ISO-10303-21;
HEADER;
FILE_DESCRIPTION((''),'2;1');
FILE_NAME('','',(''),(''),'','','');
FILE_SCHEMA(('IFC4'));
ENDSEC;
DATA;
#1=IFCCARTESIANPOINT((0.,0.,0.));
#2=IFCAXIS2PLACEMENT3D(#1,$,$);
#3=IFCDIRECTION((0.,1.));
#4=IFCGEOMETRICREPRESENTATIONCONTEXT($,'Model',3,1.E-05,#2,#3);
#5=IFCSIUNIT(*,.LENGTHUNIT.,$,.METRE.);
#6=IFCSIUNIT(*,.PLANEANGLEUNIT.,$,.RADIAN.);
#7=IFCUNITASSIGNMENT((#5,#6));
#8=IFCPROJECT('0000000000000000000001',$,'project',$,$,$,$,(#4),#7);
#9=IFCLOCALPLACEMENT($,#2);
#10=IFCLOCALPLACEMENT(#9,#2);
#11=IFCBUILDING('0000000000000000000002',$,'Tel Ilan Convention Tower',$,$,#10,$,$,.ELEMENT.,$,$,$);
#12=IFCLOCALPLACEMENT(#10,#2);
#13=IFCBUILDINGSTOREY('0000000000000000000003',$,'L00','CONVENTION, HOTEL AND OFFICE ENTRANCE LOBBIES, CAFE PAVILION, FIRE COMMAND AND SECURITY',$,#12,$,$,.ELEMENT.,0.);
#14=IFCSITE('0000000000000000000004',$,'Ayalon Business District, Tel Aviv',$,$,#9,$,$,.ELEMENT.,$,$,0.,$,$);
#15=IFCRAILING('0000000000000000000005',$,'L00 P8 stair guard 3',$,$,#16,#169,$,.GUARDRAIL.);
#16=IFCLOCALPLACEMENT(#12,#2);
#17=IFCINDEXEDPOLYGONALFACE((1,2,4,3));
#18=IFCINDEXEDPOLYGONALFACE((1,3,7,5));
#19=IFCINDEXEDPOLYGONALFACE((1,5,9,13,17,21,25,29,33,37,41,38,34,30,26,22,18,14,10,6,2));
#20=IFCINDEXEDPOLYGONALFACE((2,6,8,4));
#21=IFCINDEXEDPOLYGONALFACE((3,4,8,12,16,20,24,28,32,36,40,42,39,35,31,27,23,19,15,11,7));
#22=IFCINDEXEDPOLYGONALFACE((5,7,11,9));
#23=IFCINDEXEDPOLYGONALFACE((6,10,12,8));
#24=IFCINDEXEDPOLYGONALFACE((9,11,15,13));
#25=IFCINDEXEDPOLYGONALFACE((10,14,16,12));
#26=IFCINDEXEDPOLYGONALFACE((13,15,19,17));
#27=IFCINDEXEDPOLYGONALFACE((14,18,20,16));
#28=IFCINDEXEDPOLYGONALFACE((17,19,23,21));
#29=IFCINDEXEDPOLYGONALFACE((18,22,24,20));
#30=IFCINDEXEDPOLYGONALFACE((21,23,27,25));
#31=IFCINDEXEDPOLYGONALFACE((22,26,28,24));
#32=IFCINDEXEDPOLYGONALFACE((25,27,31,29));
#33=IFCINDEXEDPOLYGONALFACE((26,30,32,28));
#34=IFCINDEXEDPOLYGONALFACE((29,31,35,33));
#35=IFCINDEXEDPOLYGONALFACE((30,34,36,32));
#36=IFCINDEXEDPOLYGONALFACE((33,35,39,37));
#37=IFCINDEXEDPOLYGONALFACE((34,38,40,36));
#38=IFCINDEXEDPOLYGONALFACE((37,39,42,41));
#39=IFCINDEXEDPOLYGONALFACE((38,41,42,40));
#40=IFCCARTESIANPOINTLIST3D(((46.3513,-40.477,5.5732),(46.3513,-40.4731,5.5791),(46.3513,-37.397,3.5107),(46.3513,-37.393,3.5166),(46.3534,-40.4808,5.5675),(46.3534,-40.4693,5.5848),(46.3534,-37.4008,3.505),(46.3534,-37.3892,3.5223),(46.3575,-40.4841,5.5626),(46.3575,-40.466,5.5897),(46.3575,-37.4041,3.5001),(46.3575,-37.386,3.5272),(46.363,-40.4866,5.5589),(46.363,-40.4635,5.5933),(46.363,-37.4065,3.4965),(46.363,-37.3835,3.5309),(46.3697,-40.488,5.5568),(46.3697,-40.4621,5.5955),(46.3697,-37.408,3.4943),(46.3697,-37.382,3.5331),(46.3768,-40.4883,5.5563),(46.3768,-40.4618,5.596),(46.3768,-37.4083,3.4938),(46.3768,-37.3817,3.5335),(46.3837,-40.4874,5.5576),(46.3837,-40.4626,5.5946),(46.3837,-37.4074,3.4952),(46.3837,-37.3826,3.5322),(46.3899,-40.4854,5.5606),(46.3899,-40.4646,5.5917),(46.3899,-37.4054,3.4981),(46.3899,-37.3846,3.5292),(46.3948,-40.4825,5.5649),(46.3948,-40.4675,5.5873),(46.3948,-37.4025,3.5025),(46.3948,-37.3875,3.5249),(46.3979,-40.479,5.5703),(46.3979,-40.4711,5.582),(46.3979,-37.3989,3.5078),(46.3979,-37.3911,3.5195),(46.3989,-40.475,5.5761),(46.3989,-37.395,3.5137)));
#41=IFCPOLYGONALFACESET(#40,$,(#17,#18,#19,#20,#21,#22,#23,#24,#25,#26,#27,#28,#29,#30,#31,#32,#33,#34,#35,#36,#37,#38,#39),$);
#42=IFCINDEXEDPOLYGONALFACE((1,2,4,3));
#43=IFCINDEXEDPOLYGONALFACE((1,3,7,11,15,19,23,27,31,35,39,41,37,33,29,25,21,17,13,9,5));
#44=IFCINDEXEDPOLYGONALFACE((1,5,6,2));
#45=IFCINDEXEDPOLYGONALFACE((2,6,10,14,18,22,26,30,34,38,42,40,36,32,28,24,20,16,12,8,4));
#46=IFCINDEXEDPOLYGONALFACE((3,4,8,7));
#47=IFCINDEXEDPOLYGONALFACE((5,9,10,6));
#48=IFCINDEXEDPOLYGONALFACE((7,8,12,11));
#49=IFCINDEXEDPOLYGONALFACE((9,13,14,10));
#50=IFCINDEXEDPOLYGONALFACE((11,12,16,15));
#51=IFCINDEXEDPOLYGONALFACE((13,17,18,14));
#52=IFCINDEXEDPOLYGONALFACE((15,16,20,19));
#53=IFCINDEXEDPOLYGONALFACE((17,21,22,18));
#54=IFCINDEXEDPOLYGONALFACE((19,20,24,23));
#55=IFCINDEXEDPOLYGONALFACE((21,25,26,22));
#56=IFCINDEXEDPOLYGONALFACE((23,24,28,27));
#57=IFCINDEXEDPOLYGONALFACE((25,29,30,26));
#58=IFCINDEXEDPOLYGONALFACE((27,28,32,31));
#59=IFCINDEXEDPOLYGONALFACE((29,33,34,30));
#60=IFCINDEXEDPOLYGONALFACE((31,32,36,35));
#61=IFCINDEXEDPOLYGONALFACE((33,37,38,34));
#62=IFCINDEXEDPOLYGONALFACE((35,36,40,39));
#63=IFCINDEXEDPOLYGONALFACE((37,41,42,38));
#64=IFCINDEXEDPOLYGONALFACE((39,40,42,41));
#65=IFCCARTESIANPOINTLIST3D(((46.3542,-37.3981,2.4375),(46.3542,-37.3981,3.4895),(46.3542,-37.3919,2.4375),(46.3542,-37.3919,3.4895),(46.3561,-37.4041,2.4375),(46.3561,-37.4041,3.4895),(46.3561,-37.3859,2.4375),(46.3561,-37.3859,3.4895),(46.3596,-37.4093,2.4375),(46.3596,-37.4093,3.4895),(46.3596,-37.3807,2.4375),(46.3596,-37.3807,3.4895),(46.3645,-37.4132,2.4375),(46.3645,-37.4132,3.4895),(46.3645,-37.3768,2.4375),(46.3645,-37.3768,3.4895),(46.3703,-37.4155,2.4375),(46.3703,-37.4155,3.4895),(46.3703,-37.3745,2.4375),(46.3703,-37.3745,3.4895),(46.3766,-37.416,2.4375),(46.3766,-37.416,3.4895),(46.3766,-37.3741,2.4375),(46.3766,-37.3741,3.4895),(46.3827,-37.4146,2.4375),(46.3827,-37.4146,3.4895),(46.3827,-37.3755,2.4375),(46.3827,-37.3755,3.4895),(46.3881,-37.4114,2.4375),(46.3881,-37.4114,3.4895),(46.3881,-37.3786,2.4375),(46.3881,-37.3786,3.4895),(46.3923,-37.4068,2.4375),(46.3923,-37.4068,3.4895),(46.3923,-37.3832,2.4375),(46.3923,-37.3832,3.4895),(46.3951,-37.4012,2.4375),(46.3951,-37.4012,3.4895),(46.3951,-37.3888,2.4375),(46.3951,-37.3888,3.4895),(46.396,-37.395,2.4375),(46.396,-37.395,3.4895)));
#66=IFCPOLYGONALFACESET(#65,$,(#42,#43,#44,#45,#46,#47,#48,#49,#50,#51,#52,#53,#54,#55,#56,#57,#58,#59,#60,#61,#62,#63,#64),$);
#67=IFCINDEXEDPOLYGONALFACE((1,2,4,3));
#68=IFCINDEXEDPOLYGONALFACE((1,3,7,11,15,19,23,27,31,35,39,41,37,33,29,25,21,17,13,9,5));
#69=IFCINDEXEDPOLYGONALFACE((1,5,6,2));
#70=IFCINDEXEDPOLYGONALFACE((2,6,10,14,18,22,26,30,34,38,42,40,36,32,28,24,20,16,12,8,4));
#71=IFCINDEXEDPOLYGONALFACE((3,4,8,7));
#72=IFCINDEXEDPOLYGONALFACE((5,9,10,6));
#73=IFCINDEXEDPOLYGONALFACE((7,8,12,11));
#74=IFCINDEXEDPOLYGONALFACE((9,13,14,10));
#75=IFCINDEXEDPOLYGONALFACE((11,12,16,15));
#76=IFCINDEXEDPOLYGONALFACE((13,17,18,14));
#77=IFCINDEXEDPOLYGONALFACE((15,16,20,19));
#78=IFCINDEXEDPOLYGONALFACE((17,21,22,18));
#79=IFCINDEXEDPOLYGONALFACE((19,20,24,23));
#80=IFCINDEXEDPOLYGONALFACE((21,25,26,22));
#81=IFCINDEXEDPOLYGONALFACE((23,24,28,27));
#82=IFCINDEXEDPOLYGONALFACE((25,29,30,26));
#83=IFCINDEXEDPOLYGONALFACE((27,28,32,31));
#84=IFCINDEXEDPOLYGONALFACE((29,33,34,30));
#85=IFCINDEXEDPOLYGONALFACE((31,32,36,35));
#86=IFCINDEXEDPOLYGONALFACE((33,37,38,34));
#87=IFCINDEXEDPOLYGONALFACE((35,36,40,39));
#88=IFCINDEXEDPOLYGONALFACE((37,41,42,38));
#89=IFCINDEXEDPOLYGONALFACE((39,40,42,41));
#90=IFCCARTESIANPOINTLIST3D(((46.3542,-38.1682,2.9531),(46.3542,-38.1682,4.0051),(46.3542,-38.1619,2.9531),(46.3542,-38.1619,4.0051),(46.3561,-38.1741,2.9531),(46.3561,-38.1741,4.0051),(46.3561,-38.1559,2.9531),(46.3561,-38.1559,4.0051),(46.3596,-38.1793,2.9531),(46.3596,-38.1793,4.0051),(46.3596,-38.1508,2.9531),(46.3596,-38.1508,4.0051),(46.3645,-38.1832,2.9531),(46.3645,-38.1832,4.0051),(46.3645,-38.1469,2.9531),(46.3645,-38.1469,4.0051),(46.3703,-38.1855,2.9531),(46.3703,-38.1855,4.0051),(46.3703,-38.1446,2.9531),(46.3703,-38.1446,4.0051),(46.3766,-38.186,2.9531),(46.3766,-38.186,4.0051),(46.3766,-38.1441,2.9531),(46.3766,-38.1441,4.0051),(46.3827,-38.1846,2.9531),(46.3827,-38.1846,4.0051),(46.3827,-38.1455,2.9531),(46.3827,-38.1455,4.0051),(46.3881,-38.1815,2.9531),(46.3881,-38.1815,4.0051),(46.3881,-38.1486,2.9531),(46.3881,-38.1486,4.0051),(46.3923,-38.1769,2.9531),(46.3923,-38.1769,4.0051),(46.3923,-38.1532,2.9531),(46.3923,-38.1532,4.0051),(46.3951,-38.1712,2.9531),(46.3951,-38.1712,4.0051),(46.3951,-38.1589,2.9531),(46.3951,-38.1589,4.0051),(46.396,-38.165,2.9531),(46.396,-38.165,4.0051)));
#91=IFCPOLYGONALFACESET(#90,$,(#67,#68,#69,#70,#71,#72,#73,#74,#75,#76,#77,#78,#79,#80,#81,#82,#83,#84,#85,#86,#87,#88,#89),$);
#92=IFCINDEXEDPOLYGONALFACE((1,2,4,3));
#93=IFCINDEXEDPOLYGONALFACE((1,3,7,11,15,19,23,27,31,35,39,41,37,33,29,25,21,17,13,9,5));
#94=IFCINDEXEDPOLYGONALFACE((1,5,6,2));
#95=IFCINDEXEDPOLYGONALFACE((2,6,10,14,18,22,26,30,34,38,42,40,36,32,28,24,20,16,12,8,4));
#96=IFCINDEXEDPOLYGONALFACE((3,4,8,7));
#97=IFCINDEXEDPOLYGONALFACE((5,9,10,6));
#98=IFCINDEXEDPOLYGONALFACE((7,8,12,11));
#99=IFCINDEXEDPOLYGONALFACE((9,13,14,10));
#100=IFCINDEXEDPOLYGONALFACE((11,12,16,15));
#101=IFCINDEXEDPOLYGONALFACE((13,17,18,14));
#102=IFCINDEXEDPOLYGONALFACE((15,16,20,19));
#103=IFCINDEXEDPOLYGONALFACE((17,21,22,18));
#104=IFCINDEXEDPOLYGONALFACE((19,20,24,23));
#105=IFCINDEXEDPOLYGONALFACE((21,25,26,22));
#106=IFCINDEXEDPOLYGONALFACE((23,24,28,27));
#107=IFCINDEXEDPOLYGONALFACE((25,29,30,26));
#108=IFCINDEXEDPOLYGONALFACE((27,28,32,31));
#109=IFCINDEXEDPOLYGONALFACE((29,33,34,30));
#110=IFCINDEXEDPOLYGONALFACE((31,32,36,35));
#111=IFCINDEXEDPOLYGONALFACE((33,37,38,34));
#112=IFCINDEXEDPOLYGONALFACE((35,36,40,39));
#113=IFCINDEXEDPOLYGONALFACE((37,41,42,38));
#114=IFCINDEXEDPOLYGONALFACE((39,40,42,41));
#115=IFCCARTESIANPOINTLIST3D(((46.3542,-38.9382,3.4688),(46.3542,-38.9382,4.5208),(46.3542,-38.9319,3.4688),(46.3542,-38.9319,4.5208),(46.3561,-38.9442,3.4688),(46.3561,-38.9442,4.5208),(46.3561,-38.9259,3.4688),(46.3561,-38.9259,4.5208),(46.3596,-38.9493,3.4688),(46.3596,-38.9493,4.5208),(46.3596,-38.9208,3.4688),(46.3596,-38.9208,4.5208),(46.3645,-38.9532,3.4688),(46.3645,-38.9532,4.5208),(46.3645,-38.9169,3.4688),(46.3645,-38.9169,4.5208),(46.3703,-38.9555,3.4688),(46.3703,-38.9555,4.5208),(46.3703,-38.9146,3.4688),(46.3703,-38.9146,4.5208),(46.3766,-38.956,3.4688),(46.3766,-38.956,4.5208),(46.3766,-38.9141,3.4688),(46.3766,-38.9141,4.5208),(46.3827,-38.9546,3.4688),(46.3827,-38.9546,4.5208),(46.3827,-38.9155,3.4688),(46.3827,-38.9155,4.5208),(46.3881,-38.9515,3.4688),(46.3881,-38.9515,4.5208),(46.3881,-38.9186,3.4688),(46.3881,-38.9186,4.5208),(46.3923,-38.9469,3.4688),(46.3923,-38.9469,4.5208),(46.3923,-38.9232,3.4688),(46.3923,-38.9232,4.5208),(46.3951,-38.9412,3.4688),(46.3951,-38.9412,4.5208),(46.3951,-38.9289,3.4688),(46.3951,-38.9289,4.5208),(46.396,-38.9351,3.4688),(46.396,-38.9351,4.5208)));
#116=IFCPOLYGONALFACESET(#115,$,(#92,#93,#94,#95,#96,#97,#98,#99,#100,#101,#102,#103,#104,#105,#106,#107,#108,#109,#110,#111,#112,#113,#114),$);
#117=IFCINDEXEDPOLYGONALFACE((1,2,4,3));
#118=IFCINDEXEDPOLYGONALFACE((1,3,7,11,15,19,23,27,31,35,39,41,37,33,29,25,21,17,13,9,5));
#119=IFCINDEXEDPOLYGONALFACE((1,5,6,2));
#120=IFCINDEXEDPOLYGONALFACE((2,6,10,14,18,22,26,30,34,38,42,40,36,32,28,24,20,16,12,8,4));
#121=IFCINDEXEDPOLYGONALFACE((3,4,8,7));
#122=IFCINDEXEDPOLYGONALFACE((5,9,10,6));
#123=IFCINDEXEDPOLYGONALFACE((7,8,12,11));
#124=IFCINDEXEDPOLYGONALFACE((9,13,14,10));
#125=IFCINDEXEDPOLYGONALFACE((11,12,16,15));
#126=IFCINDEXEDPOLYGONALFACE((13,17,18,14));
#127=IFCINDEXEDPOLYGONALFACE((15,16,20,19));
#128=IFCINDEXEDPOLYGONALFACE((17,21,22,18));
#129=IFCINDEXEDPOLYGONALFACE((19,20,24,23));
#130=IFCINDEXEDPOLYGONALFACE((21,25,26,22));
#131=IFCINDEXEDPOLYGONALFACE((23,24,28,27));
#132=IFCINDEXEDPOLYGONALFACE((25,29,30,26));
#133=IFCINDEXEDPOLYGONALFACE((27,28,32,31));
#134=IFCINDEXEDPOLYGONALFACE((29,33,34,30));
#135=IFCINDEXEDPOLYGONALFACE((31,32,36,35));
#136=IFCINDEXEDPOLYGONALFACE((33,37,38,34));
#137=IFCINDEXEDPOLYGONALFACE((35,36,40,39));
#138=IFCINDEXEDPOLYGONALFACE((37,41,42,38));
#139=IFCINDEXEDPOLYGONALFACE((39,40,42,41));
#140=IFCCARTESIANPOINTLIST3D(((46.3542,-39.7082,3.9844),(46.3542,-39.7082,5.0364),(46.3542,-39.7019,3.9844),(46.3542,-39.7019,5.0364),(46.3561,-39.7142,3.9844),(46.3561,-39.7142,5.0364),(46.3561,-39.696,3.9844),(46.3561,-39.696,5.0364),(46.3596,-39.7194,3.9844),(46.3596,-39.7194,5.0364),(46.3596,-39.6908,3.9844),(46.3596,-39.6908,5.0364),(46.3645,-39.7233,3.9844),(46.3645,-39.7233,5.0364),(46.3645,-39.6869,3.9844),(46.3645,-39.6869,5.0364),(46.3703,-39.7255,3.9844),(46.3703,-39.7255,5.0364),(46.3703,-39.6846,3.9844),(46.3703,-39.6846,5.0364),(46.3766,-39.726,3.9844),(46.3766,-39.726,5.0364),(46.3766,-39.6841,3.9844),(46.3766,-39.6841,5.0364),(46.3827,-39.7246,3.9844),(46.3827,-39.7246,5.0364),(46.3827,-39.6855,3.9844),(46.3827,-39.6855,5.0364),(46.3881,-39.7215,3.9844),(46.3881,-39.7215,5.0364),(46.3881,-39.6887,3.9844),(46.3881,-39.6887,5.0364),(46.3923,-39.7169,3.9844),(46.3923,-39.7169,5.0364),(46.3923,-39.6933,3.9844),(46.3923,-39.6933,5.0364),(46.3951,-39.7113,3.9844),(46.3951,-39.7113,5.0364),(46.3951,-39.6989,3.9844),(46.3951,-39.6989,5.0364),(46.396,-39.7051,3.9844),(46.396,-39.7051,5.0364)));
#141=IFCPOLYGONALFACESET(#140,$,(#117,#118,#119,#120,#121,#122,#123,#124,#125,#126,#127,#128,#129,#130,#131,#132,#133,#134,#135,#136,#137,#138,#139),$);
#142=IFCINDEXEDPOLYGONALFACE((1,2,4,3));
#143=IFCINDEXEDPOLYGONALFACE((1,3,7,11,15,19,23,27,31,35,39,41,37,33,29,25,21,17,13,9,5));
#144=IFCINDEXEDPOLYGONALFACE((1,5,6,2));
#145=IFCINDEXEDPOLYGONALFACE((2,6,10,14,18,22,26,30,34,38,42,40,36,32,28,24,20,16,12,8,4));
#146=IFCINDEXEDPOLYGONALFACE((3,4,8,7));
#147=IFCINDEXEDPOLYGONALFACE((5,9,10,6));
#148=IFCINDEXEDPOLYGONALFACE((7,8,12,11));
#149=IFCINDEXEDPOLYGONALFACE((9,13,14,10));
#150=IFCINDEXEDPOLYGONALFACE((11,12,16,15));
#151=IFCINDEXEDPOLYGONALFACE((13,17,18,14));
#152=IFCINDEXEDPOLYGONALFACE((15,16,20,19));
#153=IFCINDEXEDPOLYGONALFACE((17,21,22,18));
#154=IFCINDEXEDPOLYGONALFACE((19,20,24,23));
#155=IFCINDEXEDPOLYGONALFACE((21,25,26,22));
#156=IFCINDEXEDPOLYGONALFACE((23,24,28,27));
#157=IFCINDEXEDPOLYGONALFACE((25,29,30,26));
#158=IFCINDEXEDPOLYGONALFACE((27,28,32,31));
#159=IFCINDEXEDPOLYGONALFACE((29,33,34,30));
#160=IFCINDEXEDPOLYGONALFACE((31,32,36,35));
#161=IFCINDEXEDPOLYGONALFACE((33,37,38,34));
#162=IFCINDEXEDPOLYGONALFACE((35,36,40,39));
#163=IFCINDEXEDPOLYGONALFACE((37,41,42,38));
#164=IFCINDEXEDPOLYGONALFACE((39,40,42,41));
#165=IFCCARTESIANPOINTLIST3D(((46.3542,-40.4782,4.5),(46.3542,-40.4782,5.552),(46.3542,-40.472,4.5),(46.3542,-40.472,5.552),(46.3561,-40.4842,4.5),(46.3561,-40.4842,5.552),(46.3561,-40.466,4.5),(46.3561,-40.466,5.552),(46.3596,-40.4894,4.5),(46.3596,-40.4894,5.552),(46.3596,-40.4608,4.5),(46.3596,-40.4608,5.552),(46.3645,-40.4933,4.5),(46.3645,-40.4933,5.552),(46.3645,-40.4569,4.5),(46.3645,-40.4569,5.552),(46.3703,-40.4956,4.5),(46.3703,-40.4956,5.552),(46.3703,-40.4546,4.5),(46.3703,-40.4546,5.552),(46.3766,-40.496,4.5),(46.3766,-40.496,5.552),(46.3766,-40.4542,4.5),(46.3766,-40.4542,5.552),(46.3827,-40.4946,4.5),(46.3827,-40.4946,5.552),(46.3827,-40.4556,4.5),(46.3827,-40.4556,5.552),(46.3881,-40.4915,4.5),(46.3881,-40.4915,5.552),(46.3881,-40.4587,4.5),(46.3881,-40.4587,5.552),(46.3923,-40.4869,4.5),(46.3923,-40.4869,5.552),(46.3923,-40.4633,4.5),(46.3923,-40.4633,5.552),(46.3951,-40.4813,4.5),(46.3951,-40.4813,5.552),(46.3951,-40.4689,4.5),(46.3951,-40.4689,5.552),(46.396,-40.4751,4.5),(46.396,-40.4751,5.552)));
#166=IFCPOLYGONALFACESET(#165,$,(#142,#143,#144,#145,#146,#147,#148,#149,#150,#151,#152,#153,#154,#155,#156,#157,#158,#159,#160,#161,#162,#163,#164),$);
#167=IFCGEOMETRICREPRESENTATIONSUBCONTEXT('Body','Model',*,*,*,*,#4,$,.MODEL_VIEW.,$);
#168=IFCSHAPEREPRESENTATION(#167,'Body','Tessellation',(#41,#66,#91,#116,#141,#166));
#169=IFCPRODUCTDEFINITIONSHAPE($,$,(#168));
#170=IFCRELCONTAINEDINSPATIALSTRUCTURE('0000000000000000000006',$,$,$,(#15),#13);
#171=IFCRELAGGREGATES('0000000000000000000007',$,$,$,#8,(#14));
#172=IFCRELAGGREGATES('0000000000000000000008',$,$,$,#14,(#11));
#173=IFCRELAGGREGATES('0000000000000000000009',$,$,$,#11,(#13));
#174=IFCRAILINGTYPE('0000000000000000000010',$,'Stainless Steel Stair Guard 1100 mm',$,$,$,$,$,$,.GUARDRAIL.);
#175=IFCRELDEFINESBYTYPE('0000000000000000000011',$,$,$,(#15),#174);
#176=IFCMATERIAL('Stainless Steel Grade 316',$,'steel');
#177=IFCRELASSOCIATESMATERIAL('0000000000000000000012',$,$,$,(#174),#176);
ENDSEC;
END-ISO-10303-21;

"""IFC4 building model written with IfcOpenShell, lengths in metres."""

from ifc_helpers import new_model, si_unit, direction, frame, origin, origin_2d, place, context, subcontext, project, spatial, circle, extrude, material, type_object, element, save


model = new_model("IFC4")

# Units and contexts
model_context = context("Model", 3, precision=1e-05, world=origin(), true_north=direction((0.0, 1.0)))
body_context = subcontext(model_context, "Body", "Model", "MODEL_VIEW")
ifc_project = project(units=[si_unit("LENGTHUNIT", "METRE"), si_unit("PLANEANGLEUNIT", "RADIAN")], contexts=[model_context])

# Site, building, storey
site_placement = place(None, origin())
site = spatial("IfcSite", under=ifc_project, at=site_placement, Name="Ayalon Business District, Tel Aviv", CompositionType="ELEMENT", RefElevation=0.0)
building_placement = place(site_placement, origin())
building = spatial("IfcBuilding", under=site, at=building_placement, Name="Tel Ilan Convention Tower", CompositionType="ELEMENT")
storey_placement = place(building_placement, origin())
storey = spatial("IfcBuildingStorey", under=building, at=storey_placement, Name="L00", Description="CONVENTION, HOTEL AND OFFICE ENTRANCE LOBBIES, CAFE PAVILION, FIRE COMMAND AND SECURITY", CompositionType="ELEMENT", Elevation=0.0)

# Railing
ifc_material_1 = material(Name="Stainless Steel Grade 316", Category="steel")
railing_type_1 = type_object("IfcRailingType", Name="Stainless Steel Stair Guard 1100 mm", PredefinedType="GUARDRAIL", material=ifc_material_1)
for number, where, name in (
    (1, (46.375, -37.395, 2.4375), "L00 P8 stair guard 3"),
):
    element("IfcRailing", number, at=place(storey_placement, frame(where)), inside=storey, type_object=railing_type_1, Name=name, PredefinedType="GUARDRAIL", context=body_context, shape_type="SweptSolid", body=[
        extrude(circle(Radius=0.0239, at=origin_2d()), frame((0.0, 0.0, 1.0762), z_axis=(0.0, -0.830914, 0.556401), x_axis=(1.0, 0.0, 0.0)), (0.0, 0.0, 1.0), 3.7068),
        extrude(circle(Radius=0.021, at=origin_2d()), origin(), (0.0, 0.0, 1.0), 1.052),
        extrude(circle(Radius=0.021, at=origin_2d()), frame((0.0, -0.77, 0.5156)), (0.0, 0.0, 1.0), 1.052),
        extrude(circle(Radius=0.021, at=origin_2d()), frame((0.0, -1.54, 1.0312)), (0.0, 0.0, 1.0), 1.052),
        extrude(circle(Radius=0.021, at=origin_2d()), frame((0.0, -2.3101, 1.5469)), (0.0, 0.0, 1.0), 1.052),
        extrude(circle(Radius=0.021, at=origin_2d()), frame((0.0, -3.0801, 2.0625)), (0.0, 0.0, 1.0), 1.052),
    ])

save(model, "model.ifc")
